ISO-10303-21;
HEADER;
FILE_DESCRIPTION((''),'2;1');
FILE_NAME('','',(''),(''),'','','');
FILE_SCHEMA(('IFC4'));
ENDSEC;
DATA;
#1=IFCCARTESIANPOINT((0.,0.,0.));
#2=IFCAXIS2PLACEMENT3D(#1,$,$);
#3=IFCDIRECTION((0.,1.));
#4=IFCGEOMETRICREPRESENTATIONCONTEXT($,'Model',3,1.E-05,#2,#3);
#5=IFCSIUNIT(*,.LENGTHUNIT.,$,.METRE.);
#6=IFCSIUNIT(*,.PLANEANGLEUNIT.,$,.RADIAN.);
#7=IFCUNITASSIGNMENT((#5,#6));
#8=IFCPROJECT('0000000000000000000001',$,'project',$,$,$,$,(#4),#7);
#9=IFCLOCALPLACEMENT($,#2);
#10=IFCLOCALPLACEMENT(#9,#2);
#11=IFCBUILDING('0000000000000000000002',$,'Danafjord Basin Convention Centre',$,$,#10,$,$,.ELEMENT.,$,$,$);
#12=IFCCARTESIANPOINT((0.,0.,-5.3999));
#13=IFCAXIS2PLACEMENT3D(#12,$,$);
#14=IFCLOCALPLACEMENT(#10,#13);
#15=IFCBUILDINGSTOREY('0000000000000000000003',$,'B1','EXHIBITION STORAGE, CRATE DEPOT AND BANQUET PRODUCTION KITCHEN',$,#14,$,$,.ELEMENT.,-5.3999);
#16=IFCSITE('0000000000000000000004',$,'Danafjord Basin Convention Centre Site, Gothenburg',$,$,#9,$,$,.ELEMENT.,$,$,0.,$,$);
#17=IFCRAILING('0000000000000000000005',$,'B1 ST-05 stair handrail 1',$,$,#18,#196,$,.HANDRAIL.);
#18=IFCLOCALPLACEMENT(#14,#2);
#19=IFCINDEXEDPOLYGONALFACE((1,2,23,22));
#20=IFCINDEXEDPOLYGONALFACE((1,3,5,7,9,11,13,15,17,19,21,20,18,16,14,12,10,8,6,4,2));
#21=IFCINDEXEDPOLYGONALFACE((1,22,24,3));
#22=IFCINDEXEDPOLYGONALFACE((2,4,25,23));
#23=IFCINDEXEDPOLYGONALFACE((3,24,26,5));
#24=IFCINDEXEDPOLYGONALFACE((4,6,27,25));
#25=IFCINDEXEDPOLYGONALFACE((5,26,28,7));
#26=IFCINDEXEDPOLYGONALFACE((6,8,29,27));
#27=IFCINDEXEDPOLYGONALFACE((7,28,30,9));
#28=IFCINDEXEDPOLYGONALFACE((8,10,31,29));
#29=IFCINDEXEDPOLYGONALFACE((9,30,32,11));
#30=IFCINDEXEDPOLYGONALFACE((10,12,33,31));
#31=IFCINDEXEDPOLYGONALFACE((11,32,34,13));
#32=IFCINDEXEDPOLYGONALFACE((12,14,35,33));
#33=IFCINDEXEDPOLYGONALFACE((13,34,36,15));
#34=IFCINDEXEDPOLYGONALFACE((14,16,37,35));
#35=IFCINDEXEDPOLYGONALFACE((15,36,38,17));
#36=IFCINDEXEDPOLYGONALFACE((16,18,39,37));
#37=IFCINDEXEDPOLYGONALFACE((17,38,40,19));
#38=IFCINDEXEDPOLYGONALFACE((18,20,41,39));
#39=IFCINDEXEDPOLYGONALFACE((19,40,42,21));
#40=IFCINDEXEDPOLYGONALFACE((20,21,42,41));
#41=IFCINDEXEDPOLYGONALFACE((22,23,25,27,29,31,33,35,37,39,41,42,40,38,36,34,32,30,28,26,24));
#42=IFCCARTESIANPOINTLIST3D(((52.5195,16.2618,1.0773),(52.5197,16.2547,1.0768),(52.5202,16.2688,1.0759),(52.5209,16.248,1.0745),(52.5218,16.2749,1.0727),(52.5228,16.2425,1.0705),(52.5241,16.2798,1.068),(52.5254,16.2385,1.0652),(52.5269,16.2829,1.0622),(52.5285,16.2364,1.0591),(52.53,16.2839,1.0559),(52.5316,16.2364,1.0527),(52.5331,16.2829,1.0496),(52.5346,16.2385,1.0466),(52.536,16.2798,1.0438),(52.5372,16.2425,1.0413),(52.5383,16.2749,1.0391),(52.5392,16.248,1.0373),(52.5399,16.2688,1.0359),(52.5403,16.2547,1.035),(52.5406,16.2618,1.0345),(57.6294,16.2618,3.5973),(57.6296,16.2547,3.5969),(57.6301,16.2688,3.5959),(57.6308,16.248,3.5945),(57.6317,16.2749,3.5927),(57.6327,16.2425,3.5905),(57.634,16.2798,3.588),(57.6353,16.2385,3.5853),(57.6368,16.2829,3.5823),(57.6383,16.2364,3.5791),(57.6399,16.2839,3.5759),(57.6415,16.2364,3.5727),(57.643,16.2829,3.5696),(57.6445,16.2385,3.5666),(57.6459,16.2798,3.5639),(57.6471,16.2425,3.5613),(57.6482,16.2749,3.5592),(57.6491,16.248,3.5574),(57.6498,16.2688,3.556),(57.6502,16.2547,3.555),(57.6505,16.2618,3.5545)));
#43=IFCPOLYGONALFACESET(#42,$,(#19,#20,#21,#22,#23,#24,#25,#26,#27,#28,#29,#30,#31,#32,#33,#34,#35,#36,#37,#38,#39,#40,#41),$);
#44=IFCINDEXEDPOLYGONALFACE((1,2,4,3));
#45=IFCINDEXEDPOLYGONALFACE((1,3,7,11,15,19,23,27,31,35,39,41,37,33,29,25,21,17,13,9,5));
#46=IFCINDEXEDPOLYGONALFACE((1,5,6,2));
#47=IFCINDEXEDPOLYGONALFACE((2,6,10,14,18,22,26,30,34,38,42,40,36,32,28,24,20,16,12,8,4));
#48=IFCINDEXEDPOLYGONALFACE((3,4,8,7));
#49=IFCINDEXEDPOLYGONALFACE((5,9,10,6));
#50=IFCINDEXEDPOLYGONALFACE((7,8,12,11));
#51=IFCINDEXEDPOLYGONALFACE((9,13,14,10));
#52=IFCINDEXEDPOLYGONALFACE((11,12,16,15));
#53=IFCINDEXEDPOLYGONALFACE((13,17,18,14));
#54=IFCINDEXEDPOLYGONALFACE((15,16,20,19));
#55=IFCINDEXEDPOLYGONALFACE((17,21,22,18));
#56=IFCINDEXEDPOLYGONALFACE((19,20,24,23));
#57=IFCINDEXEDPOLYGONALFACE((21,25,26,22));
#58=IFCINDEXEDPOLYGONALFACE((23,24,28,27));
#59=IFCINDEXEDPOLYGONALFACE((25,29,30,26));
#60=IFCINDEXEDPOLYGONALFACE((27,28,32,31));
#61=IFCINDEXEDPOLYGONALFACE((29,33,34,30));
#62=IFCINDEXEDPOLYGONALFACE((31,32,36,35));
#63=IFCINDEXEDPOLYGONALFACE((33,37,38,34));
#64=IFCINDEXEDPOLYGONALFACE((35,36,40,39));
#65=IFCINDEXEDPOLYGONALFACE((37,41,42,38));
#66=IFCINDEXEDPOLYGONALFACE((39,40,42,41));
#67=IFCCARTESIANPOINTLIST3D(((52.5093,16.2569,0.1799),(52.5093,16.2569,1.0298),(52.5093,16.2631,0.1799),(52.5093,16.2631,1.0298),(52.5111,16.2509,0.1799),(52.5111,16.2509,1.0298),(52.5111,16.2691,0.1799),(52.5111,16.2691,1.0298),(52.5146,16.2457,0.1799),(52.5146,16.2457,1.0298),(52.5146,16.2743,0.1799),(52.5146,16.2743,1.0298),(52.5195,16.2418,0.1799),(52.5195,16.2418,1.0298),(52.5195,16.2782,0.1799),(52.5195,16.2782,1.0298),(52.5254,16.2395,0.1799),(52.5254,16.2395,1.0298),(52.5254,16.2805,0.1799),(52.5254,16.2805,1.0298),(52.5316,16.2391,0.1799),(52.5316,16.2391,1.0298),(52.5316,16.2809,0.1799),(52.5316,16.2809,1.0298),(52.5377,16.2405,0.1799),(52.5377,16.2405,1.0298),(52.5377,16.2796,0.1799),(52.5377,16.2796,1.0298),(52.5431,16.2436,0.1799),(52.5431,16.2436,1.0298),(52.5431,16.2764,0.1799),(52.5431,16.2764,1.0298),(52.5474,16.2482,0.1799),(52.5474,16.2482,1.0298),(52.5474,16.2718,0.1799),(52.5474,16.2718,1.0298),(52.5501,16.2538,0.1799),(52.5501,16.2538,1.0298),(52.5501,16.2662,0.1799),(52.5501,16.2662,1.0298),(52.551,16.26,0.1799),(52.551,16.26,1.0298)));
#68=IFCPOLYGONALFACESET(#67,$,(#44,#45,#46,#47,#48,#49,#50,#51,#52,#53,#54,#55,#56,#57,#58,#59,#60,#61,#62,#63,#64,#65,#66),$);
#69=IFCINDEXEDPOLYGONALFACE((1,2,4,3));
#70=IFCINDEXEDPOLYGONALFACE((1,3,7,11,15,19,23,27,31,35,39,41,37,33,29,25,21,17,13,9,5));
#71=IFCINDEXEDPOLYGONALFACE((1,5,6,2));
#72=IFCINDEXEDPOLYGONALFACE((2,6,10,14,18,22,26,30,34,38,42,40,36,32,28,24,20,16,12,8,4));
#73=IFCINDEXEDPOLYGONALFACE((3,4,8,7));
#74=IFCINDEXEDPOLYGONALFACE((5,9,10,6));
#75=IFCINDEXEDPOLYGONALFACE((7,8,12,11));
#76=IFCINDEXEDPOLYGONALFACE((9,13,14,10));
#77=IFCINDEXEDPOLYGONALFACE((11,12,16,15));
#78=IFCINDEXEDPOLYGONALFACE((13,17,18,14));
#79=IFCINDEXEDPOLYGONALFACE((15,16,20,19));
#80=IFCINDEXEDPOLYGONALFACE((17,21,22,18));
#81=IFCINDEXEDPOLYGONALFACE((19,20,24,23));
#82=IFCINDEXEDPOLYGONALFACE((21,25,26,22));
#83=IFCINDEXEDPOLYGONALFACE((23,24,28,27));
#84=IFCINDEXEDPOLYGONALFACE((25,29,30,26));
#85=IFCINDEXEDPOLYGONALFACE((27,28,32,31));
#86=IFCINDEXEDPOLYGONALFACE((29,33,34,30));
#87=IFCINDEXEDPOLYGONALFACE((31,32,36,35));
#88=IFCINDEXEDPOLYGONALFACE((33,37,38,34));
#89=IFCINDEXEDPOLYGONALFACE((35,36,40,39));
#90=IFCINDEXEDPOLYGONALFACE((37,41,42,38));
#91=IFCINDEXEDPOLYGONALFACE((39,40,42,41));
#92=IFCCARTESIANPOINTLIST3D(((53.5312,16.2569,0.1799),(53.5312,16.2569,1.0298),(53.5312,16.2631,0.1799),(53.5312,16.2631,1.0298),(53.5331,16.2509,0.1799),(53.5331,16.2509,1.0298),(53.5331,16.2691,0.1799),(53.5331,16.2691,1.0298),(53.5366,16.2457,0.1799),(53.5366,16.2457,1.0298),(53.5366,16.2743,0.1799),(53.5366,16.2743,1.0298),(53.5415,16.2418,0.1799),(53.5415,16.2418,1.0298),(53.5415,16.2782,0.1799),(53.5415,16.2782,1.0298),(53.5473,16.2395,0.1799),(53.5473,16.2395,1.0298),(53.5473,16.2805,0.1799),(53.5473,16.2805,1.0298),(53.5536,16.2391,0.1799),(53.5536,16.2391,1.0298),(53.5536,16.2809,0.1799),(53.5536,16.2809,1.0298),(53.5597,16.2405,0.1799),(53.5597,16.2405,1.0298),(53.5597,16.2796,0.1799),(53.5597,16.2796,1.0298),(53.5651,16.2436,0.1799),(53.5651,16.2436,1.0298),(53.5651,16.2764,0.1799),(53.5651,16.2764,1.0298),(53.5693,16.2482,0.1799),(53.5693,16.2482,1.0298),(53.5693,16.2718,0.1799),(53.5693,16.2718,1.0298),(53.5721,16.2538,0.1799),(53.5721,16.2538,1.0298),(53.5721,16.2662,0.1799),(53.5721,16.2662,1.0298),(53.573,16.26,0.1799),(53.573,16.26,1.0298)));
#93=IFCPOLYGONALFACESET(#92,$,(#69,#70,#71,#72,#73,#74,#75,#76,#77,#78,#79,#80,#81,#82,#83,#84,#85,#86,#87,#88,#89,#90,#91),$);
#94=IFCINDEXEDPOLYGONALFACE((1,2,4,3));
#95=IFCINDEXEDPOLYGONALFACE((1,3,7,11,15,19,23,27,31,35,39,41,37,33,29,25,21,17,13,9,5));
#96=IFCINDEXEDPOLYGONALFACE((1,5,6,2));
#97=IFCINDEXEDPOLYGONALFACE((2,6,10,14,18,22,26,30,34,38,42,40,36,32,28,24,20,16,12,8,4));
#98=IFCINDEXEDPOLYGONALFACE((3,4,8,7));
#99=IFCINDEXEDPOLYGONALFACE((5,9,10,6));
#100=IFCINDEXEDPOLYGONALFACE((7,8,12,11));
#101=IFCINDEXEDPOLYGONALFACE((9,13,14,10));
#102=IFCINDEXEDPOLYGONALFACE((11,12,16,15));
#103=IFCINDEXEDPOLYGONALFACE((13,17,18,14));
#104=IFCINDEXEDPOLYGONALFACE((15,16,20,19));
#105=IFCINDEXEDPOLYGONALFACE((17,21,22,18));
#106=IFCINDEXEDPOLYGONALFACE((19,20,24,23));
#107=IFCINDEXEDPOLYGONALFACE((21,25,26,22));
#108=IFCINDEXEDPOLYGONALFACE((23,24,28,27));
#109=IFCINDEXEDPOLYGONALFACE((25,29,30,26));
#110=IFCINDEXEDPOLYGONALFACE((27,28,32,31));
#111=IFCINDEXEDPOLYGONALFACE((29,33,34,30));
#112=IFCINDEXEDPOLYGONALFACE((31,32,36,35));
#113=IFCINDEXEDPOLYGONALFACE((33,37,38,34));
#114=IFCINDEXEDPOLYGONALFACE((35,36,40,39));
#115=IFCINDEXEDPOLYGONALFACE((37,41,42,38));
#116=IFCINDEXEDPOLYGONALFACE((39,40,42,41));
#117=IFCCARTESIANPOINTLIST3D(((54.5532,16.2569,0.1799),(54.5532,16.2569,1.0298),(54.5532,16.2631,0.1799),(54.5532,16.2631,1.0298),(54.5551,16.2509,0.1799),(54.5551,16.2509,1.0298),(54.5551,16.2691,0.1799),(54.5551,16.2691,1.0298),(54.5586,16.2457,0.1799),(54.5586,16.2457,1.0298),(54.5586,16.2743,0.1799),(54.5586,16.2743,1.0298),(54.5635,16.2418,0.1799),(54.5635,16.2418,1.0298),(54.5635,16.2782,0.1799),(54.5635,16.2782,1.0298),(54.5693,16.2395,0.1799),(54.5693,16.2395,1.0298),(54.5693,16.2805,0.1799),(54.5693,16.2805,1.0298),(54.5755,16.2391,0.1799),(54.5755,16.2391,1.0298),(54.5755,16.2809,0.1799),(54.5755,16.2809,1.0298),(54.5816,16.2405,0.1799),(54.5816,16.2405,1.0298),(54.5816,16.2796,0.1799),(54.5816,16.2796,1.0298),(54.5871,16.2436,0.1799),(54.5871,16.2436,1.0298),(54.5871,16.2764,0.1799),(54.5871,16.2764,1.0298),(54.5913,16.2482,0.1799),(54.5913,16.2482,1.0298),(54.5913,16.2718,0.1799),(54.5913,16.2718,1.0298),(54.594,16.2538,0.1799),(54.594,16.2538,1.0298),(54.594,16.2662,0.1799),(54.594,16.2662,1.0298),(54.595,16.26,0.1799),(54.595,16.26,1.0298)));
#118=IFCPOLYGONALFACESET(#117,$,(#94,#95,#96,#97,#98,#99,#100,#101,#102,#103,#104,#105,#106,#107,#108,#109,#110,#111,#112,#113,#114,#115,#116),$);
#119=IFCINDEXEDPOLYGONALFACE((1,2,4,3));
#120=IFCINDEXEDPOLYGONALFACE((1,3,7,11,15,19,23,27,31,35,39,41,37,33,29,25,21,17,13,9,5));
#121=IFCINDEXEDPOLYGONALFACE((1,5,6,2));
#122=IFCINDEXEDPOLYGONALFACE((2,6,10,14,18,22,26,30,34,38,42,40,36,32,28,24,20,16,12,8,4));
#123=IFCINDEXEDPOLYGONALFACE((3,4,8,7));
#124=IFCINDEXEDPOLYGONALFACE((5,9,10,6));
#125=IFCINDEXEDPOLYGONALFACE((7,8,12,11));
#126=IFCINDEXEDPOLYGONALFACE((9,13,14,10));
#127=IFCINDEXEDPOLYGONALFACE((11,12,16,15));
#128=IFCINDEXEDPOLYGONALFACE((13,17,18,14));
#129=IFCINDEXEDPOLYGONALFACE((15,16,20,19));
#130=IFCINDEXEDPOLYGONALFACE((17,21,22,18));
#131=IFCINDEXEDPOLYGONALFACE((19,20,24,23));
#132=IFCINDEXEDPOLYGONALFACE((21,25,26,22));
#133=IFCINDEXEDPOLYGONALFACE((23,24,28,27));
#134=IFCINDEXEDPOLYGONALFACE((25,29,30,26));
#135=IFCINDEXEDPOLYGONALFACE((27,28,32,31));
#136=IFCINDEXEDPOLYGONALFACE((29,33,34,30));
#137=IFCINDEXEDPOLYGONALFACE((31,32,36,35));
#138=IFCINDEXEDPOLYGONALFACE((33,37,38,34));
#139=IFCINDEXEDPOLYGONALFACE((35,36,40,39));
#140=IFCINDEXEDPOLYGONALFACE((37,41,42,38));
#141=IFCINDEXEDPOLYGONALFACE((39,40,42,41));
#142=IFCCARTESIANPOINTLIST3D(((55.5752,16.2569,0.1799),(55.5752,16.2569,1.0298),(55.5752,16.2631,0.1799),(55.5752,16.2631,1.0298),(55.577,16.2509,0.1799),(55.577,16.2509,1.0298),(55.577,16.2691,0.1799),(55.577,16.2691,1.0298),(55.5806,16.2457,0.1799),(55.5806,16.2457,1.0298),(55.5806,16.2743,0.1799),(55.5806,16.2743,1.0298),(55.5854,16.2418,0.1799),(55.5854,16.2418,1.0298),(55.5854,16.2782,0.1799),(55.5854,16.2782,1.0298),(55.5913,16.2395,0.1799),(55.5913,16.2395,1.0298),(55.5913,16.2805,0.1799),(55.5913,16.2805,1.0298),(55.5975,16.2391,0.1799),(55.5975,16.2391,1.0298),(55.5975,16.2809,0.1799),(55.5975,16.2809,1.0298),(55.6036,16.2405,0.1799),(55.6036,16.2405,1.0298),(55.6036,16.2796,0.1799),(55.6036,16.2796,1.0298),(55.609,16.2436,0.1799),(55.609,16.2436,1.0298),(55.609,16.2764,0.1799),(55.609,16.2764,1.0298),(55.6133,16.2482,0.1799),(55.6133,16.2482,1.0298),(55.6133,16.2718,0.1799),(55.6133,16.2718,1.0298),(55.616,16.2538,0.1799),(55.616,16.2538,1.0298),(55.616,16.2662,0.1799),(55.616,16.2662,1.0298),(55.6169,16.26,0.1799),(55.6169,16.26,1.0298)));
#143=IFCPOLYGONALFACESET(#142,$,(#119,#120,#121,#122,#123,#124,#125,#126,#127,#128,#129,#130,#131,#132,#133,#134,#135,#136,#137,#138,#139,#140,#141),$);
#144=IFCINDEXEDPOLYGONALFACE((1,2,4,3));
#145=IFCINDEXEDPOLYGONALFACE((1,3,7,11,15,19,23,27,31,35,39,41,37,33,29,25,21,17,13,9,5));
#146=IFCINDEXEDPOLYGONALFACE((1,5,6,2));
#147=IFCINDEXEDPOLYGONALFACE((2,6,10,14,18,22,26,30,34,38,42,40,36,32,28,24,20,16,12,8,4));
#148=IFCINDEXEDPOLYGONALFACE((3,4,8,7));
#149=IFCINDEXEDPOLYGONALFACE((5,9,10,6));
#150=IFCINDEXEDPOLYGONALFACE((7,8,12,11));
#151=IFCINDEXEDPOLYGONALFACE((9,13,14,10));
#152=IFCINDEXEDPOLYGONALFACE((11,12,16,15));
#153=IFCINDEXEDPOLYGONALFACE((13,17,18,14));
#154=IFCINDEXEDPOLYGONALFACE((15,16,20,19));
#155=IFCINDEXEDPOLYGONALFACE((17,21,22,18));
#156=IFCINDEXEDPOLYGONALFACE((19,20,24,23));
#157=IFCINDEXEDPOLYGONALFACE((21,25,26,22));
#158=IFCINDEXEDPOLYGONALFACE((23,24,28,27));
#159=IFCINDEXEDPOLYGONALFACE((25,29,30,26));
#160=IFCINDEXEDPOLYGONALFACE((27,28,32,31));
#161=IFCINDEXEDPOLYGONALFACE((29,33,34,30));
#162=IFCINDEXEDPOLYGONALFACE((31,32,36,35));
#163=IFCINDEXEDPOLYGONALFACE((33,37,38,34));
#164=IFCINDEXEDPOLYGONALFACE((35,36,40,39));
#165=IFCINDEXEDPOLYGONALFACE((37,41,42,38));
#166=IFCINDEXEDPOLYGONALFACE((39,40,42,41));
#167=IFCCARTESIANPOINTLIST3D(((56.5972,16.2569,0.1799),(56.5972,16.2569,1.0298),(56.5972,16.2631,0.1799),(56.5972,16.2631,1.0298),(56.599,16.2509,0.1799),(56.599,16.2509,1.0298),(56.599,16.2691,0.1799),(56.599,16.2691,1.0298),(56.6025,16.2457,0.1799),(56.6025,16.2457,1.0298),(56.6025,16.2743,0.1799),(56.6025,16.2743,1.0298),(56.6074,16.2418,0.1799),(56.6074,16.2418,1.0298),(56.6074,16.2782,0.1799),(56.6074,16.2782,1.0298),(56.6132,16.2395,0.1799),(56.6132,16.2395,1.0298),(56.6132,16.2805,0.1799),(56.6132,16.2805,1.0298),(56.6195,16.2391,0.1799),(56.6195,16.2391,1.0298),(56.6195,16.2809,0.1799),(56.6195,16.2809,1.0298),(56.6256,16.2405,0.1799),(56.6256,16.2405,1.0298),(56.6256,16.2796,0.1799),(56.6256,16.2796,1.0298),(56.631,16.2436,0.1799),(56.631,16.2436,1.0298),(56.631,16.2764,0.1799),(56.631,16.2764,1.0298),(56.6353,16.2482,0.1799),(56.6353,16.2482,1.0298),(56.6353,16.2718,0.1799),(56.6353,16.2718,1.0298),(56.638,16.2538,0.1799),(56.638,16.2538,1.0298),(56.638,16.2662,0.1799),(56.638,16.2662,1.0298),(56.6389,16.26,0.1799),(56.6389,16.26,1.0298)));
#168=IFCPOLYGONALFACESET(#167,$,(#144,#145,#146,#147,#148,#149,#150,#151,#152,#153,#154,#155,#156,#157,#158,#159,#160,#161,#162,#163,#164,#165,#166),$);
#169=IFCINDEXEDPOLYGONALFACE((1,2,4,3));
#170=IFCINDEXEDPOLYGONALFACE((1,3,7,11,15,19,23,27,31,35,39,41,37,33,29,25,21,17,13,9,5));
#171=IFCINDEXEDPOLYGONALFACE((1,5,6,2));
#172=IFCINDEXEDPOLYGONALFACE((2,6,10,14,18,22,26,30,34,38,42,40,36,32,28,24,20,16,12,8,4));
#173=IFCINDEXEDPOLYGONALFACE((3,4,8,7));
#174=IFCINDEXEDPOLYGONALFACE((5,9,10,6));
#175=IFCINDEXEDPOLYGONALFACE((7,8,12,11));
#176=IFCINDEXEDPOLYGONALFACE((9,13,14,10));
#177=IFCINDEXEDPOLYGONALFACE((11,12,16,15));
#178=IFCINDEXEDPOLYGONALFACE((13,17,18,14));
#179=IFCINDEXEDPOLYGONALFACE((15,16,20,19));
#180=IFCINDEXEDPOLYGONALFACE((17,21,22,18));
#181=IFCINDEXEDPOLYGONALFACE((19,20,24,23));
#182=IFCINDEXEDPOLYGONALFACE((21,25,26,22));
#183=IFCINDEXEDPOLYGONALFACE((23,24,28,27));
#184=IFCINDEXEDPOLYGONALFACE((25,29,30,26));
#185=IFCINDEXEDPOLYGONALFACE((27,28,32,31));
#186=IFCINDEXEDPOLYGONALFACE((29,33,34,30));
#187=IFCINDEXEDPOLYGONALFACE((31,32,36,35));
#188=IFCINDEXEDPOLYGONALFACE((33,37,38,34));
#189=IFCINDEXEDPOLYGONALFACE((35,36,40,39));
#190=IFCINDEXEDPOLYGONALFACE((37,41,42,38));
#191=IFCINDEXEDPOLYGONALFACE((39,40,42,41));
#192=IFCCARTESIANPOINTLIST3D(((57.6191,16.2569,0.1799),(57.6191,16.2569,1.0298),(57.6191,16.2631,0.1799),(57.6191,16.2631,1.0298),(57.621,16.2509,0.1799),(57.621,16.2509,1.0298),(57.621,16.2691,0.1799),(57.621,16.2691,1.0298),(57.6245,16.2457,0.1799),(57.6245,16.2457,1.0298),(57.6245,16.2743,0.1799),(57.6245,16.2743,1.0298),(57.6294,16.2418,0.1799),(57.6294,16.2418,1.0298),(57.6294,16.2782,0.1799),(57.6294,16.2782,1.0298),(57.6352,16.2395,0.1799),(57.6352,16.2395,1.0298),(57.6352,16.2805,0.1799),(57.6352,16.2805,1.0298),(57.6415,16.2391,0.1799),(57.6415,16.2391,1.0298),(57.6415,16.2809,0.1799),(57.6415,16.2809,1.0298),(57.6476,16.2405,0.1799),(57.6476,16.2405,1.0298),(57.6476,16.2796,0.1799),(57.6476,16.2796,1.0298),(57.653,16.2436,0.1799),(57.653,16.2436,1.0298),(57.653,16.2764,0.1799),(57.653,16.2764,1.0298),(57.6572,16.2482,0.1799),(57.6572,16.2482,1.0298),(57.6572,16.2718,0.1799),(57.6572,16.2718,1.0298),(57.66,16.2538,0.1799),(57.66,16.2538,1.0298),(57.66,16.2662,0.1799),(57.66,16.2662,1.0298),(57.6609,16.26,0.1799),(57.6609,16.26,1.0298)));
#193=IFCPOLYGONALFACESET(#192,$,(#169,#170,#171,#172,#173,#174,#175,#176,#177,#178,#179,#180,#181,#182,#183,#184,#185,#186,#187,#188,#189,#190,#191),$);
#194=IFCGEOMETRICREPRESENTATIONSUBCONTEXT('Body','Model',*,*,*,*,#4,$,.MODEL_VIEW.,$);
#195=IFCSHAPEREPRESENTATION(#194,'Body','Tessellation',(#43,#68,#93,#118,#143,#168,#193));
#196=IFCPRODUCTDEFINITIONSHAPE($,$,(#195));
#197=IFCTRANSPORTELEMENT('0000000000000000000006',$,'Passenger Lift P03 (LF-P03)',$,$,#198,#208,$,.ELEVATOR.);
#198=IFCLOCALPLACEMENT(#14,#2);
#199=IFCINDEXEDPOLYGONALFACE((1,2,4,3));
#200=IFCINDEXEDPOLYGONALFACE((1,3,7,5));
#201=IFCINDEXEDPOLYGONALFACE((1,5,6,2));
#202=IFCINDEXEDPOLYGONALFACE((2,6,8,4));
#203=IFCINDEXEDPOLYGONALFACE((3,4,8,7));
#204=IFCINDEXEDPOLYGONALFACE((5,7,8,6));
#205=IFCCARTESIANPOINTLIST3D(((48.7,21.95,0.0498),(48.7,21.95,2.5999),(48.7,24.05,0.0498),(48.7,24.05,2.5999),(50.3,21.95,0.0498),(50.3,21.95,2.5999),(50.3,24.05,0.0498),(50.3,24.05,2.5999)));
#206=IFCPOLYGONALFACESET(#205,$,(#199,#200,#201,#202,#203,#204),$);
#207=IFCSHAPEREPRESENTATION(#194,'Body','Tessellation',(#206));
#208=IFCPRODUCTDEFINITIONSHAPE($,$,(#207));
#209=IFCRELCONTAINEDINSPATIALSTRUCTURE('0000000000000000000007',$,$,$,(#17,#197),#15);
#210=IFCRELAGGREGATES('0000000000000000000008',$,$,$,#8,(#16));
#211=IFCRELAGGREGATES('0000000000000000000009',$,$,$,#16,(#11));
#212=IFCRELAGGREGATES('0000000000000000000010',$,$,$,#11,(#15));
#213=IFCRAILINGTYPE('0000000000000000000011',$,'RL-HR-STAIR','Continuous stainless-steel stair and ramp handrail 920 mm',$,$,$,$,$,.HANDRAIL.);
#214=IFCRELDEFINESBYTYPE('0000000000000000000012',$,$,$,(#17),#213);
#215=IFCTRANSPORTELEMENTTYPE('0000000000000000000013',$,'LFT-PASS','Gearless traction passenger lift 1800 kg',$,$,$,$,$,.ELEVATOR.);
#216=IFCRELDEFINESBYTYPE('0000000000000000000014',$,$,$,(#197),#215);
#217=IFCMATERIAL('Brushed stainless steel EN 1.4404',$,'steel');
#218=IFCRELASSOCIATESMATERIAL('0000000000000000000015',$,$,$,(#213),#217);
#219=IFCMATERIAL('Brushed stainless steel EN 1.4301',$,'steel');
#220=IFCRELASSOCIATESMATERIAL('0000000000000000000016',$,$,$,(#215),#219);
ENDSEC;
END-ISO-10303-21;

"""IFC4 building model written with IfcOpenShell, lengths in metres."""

from ifc_helpers import new_model, si_unit, direction, frame, origin, origin_2d, place, context, subcontext, project, spatial, rectangle, circle, extrude, material, type_object, element, save


model = new_model("IFC4")

# Units and contexts
model_context = context("Model", 3, precision=1e-05, world=origin(), true_north=direction((0.0, 1.0)))
body_context = subcontext(model_context, "Body", "Model", "MODEL_VIEW")
ifc_project = project(units=[si_unit("LENGTHUNIT", "METRE"), si_unit("PLANEANGLEUNIT", "RADIAN")], contexts=[model_context])

# Site, building, storey
site_placement = place(None, origin())
site = spatial("IfcSite", under=ifc_project, at=site_placement, Name="Danafjord Basin Convention Centre Site, Gothenburg", CompositionType="ELEMENT", RefElevation=0.0)
building_placement = place(site_placement, origin())
building = spatial("IfcBuilding", under=site, at=building_placement, Name="Danafjord Basin Convention Centre", CompositionType="ELEMENT")
storey_placement = place(building_placement, frame((0.0, 0.0, -5.3999)))
storey = spatial("IfcBuildingStorey", under=building, at=storey_placement, Name="B1", Description="EXHIBITION STORAGE, CRATE DEPOT AND BANQUET PRODUCTION KITCHEN", CompositionType="ELEMENT", Elevation=-5.3999)

# Railing
ifc_material_1 = material(Name="Brushed stainless steel EN 1.4404", Category="steel")
railing_type_1 = type_object("IfcRailingType", Name="RL-HR-STAIR", Description="Continuous stainless-steel stair and ramp handrail 920 mm", PredefinedType="HANDRAIL", material=ifc_material_1)
railing_1_placement = place(storey_placement, frame((52.53, 16.26, 0.1799)))
element("IfcRailing", 1, at=railing_1_placement, inside=storey, type_object=railing_type_1, Name="B1 ST-05 stair handrail 1", PredefinedType="HANDRAIL", context=body_context, shape_type="SweptSolid", body=[
    extrude(circle(Radius=0.0239, at=origin_2d()), frame((0.0, 0.0, 0.876), z_axis=(0.896865, 0.0, 0.442305), x_axis=(0.0, 1.0, 0.0)), (0.0, 0.0, 1.0), 5.6975),
    extrude(circle(Radius=0.021, at=origin_2d()), origin(), (0.0, 0.0, 1.0), 0.8499),
    extrude(circle(Radius=0.021, at=origin_2d()), frame((1.022, 0.0, 0.0)), (0.0, 0.0, 1.0), 0.8499),
    extrude(circle(Radius=0.021, at=origin_2d()), frame((2.0439, 0.0, 0.0)), (0.0, 0.0, 1.0), 0.8499),
    extrude(circle(Radius=0.021, at=origin_2d()), frame((3.0659, 0.0, 0.0)), (0.0, 0.0, 1.0), 0.8499),
    extrude(circle(Radius=0.021, at=origin_2d()), frame((4.0879, 0.0, 0.0)), (0.0, 0.0, 1.0), 0.8499),
    extrude(circle(Radius=0.021, at=origin_2d()), frame((5.1099, 0.0, 0.0)), (0.0, 0.0, 1.0), 0.8499),
])

# Transport element
ifc_material_2 = material(Name="Brushed stainless steel EN 1.4301", Category="steel")
transport_element_type = type_object("IfcTransportElementType", Name="LFT-PASS", Description="Gearless traction passenger lift 1800 kg", PredefinedType="ELEVATOR", material=ifc_material_2)
transport_element_placement = place(storey_placement, frame((49.5, 23.0, 0.0498), z_axis=(0.0, 0.0, 1.0), x_axis=(1.0, 0.0, 0.0)))
element("IfcTransportElement", 2, at=transport_element_placement, inside=storey, type_object=transport_element_type, Name="Passenger Lift P03 (LF-P03)", PredefinedType="ELEVATOR", context=body_context, shape_type="SweptSolid", body=[
    extrude(rectangle(XDim=1.6001, YDim=2.1001, at=origin_2d()), origin(), (0.0, 0.0, 1.0), 2.55),
])

save(model, "model.ifc")
